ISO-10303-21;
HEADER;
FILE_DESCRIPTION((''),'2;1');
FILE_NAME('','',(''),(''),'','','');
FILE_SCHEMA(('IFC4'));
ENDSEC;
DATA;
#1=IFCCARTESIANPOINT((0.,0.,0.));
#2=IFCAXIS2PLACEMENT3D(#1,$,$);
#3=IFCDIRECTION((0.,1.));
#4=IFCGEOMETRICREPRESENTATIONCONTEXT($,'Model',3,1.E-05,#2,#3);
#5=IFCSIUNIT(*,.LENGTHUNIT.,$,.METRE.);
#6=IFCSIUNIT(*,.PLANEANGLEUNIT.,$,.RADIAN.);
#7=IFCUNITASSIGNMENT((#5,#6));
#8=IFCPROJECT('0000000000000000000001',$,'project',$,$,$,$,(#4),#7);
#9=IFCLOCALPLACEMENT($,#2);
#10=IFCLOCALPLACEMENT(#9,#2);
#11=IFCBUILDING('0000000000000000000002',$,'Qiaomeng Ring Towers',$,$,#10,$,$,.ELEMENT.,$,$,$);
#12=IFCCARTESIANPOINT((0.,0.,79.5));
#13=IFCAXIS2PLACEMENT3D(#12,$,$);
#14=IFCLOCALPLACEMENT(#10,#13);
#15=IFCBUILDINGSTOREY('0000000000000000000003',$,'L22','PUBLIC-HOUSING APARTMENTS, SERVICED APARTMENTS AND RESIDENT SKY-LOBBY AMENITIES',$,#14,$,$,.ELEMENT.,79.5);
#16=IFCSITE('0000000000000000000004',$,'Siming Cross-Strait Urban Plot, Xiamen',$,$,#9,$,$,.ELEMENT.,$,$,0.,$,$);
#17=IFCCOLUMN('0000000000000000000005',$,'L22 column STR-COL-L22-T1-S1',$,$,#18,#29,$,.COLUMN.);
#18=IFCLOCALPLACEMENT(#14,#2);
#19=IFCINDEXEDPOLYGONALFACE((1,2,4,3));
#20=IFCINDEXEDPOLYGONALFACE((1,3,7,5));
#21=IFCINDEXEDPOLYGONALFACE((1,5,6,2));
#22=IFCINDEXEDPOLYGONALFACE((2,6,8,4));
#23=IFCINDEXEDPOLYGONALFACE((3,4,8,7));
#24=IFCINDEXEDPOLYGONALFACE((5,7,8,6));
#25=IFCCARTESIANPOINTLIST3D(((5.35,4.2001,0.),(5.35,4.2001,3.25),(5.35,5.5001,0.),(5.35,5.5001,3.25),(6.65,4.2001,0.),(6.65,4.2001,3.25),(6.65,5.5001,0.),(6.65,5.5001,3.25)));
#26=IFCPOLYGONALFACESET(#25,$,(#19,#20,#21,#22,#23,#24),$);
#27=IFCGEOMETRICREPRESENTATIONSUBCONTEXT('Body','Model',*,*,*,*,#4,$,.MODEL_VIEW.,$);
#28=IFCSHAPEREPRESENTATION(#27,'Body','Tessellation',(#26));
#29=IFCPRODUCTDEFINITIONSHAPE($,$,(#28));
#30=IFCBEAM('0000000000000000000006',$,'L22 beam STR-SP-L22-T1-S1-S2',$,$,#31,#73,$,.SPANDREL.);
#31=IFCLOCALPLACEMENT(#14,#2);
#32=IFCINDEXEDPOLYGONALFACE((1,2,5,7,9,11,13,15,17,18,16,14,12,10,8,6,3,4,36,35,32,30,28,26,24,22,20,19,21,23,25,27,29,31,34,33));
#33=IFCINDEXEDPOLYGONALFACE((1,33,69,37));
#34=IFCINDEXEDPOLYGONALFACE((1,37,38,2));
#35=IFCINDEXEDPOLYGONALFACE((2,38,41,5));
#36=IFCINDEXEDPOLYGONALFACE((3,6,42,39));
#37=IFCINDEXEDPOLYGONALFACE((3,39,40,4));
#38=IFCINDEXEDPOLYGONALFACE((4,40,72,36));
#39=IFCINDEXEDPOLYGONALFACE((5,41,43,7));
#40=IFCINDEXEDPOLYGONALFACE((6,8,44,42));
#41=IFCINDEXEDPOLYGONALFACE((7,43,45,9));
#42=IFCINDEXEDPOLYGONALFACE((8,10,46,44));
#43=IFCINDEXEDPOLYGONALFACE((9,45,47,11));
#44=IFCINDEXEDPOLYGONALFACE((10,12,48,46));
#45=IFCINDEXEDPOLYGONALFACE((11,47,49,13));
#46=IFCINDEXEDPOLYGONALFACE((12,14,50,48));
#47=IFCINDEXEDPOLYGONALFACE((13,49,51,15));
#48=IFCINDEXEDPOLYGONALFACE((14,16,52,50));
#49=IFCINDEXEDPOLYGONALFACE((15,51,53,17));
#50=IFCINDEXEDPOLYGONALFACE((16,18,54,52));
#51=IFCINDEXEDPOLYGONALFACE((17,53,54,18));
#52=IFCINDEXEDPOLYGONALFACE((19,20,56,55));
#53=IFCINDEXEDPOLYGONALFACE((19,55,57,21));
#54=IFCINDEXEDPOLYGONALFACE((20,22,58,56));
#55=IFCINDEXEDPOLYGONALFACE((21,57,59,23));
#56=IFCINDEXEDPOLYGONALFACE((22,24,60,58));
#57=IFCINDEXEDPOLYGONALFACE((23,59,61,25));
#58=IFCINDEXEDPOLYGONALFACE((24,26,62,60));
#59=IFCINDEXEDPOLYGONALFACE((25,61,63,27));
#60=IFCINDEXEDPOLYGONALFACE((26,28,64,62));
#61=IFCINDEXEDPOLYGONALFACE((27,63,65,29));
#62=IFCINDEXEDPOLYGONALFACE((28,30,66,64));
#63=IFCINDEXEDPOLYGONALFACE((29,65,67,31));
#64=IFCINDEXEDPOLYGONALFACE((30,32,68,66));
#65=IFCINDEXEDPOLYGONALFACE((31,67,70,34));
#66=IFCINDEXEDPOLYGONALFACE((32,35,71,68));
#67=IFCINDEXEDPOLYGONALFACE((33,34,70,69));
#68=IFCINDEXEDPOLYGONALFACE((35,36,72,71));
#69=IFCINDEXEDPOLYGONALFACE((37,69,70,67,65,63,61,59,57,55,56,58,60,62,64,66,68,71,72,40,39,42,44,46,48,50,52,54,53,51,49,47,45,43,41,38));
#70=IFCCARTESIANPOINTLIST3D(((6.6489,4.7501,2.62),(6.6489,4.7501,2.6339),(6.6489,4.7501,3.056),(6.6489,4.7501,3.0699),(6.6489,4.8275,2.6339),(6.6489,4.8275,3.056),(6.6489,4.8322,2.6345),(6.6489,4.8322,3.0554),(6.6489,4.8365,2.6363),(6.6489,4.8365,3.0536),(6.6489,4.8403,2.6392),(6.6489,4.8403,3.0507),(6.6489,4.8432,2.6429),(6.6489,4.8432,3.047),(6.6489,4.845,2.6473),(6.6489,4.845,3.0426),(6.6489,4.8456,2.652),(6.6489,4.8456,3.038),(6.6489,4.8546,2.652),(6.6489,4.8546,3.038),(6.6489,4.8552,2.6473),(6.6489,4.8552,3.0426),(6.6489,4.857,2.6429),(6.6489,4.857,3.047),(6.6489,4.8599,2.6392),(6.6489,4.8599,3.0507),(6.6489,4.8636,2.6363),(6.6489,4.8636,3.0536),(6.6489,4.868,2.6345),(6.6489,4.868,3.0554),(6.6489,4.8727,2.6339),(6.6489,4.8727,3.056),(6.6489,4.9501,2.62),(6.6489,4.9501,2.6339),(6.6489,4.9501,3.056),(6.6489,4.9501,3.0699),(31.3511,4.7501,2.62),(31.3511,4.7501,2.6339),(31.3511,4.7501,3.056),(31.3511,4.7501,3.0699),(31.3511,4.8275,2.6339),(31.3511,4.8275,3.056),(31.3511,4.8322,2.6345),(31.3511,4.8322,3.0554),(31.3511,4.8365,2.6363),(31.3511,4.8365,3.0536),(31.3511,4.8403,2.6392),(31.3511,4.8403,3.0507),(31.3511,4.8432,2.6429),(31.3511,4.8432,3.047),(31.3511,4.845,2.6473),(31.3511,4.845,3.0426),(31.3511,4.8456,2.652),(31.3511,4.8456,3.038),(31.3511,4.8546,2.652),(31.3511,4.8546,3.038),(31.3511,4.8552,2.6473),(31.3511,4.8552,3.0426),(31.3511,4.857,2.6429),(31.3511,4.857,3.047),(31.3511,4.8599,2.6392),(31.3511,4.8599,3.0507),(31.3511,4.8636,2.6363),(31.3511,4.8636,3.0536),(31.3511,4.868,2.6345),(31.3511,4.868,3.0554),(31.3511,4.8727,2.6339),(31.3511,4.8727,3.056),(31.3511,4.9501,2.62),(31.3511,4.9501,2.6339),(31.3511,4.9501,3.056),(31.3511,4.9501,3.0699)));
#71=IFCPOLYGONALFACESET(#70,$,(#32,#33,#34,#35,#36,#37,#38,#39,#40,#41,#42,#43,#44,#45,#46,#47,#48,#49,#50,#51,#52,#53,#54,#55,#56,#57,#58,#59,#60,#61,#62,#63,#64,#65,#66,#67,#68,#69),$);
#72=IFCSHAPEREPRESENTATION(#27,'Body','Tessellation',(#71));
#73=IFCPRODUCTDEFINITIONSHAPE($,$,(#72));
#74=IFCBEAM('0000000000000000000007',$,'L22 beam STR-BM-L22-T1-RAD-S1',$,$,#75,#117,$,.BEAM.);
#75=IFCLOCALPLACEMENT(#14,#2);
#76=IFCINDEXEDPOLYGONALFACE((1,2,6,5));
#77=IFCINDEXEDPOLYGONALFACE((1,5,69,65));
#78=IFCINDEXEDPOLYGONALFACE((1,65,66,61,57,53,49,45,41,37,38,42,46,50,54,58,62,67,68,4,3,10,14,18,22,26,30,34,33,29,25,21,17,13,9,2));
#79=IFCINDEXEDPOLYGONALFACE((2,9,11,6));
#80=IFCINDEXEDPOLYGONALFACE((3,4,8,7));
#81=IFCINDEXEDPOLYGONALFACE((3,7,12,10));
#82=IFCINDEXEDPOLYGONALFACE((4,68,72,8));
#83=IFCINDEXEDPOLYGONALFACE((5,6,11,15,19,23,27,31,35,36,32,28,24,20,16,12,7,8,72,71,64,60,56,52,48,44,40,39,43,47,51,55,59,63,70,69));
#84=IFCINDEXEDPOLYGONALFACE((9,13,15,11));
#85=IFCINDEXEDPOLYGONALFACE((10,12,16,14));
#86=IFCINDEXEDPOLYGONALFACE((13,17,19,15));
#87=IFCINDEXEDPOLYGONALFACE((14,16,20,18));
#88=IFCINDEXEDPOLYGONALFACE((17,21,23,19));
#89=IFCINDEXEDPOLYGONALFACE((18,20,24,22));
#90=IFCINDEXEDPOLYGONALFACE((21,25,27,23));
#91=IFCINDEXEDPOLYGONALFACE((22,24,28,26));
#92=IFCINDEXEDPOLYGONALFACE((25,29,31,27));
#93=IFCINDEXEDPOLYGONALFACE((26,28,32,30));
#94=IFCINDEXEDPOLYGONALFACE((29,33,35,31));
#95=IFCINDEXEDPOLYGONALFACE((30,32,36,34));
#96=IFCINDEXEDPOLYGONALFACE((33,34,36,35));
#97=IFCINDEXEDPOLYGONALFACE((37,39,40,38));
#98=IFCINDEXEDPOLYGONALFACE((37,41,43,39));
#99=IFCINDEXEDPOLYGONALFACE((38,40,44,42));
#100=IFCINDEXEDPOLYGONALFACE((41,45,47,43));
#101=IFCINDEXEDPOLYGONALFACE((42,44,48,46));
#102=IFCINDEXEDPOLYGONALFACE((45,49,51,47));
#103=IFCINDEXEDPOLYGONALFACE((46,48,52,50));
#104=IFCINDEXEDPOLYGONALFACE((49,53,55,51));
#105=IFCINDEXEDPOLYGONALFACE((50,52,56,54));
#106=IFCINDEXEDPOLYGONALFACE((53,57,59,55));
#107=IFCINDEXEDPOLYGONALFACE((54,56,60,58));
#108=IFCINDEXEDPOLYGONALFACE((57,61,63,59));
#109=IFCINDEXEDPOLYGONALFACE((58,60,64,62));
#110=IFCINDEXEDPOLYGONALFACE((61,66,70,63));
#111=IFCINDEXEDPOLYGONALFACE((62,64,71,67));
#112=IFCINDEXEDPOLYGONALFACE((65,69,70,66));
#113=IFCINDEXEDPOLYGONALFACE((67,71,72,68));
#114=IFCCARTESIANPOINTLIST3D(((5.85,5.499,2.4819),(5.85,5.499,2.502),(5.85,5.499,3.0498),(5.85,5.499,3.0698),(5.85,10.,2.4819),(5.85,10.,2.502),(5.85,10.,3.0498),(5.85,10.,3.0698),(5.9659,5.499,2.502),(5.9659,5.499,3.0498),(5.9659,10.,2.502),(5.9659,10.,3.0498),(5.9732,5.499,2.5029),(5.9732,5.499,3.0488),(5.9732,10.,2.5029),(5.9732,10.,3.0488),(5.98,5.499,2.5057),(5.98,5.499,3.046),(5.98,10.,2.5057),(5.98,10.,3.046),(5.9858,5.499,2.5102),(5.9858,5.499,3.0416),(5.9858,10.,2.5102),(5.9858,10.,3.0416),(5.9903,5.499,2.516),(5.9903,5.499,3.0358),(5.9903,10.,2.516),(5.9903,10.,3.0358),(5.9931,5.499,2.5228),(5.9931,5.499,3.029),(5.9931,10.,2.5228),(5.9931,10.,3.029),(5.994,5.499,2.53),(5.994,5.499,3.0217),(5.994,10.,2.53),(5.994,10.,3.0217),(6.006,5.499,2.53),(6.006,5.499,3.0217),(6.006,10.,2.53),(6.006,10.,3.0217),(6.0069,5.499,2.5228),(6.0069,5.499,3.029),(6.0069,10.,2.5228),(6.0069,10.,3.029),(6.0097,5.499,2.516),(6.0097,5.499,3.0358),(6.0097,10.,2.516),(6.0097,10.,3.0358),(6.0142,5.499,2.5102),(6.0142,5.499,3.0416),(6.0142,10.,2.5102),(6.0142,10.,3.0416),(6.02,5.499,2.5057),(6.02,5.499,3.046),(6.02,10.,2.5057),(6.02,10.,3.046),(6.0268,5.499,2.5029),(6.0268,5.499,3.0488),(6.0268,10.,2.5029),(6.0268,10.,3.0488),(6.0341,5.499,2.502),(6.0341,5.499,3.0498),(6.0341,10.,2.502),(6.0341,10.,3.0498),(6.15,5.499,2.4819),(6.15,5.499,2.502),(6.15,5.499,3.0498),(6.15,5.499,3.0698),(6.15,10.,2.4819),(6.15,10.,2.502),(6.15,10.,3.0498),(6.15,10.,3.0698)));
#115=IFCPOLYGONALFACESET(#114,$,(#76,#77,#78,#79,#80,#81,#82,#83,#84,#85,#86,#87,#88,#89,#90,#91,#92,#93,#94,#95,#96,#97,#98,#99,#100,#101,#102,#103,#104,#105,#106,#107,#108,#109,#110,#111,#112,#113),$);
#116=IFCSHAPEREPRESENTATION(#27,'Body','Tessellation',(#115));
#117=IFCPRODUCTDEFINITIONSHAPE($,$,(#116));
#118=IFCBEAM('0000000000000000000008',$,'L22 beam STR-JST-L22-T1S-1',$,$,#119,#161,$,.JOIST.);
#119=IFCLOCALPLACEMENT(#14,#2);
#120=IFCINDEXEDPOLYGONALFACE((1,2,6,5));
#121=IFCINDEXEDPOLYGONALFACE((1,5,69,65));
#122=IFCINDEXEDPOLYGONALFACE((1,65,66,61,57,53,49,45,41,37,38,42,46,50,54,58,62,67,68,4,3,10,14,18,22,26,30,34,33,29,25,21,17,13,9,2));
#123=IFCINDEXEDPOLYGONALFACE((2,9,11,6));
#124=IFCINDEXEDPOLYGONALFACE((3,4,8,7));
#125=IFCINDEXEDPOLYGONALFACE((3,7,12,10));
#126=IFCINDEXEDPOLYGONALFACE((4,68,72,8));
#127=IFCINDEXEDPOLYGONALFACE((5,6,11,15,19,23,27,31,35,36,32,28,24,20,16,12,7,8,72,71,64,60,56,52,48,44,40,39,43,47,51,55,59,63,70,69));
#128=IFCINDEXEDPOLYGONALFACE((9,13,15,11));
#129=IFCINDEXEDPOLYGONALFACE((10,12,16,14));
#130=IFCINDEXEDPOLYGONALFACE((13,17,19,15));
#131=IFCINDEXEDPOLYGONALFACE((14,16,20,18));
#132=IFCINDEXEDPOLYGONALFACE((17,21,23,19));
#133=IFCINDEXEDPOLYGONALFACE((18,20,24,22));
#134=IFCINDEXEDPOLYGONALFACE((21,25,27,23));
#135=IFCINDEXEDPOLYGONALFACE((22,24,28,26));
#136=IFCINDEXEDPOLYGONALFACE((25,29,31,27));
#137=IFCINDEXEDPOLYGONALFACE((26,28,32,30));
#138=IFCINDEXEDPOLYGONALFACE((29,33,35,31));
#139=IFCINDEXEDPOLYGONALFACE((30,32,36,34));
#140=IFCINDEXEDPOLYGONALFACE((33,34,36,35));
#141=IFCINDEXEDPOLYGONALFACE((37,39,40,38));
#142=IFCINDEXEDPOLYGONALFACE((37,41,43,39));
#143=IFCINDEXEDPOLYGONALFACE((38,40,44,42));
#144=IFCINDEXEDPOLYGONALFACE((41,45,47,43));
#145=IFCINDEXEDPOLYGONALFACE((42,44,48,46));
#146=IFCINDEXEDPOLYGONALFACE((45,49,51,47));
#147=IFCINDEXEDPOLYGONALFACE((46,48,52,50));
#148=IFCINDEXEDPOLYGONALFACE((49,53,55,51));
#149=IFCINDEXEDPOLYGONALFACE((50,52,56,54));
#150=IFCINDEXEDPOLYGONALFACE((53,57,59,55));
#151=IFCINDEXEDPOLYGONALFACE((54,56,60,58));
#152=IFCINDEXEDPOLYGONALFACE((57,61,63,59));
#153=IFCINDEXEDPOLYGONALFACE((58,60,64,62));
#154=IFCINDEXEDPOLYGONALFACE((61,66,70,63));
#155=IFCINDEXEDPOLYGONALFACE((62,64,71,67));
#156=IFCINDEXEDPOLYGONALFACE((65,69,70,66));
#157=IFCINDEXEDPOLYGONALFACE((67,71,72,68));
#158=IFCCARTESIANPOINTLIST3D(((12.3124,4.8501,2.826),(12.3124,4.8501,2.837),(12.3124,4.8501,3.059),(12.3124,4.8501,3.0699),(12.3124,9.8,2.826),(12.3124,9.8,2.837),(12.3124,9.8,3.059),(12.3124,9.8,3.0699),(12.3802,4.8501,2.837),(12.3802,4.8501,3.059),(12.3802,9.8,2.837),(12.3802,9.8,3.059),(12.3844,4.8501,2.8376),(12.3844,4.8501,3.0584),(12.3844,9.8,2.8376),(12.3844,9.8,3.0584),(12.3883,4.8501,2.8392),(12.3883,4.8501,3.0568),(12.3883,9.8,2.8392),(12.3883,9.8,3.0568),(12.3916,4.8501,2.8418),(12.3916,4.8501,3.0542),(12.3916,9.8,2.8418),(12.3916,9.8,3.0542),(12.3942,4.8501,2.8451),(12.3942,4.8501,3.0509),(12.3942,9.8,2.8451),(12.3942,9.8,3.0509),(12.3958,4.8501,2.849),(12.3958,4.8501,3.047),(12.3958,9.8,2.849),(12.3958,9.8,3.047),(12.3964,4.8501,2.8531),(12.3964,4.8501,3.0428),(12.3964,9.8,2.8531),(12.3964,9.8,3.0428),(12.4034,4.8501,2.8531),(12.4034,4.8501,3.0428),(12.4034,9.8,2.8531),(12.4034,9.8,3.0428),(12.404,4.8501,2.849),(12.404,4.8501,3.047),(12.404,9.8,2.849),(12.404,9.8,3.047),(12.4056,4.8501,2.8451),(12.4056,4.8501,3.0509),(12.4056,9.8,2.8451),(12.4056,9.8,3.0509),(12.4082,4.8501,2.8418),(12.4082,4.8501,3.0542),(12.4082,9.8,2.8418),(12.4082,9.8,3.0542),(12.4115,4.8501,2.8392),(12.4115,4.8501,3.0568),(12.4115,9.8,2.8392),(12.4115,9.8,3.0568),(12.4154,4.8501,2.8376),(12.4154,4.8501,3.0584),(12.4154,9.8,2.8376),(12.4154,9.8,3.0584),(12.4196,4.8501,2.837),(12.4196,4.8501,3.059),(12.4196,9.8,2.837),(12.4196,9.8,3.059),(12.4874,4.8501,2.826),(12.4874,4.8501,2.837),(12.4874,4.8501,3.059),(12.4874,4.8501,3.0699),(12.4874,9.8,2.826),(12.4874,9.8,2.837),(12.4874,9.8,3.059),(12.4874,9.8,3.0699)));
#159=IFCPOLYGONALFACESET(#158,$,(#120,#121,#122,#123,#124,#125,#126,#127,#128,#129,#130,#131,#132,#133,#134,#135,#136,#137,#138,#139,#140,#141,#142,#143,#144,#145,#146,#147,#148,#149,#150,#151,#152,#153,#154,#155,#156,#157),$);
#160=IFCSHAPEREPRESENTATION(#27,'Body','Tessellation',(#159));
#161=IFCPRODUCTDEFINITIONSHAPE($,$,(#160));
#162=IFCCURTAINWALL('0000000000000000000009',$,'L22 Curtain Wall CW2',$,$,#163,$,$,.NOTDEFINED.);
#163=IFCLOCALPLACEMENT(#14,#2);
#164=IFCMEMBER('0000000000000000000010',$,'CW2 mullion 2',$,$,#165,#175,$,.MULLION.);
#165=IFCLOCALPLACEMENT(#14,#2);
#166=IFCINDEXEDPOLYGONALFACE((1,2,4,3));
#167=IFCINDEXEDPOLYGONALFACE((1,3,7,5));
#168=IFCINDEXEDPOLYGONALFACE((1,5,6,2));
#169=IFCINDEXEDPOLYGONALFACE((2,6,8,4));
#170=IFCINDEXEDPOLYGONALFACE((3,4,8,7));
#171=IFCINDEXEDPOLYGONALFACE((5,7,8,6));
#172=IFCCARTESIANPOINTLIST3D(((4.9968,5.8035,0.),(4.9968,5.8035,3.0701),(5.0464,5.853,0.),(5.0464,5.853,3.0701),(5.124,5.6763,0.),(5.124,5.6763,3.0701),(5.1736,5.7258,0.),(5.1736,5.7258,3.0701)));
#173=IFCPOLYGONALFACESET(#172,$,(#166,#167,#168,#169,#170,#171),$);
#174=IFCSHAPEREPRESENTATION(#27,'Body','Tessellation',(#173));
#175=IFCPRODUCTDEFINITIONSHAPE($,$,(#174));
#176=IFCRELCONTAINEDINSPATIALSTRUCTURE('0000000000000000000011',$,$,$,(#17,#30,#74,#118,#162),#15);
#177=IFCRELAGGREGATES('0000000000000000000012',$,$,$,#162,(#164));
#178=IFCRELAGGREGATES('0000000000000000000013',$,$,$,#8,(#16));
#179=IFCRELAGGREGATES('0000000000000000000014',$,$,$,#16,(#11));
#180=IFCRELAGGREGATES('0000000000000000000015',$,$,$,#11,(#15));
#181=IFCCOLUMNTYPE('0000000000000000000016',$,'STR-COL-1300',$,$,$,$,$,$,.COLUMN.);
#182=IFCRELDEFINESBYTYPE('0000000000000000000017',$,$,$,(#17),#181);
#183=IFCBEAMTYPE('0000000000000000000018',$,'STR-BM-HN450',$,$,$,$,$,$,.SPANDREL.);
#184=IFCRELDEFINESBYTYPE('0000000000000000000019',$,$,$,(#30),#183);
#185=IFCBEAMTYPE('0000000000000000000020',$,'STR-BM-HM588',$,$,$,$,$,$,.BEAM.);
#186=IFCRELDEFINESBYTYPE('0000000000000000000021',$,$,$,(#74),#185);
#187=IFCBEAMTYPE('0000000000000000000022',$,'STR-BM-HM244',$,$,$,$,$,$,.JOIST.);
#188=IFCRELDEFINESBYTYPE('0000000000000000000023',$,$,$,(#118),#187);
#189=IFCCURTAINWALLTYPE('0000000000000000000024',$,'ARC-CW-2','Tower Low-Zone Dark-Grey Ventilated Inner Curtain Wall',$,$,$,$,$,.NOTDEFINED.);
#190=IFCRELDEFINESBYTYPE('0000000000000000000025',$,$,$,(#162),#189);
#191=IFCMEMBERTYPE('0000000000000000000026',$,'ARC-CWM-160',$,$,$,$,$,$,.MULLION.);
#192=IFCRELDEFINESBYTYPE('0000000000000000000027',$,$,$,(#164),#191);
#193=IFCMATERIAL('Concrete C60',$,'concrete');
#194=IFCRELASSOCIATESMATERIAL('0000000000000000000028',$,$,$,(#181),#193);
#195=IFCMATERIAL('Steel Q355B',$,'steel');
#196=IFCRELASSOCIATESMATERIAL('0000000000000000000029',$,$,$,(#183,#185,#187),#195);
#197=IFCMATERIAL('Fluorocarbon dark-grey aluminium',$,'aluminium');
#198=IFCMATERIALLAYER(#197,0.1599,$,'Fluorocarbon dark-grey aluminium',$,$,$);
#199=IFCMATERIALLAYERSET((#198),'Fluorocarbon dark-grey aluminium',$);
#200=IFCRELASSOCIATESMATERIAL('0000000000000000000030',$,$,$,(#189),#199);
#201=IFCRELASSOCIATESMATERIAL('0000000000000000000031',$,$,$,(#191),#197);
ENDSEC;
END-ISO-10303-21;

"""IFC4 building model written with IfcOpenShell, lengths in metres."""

from ifc_helpers import new_model, si_unit, direction, frame, origin, origin_2d, place, context, subcontext, project, spatial, rectangle, i_section, extrude, source, transform, mapped, material, layer, layer_set, material_profile, profile_set, type_object, element, aggregate, save


model = new_model("IFC4")

# Units and contexts
model_context = context("Model", 3, precision=1e-05, world=origin(), true_north=direction((0.0, 1.0)))
body_context = subcontext(model_context, "Body", "Model", "MODEL_VIEW")
ifc_project = project(units=[si_unit("LENGTHUNIT", "METRE"), si_unit("PLANEANGLEUNIT", "RADIAN")], contexts=[model_context])

# Site, building, storey
site_placement = place(None, origin())
site = spatial("IfcSite", under=ifc_project, at=site_placement, Name="Siming Cross-Strait Urban Plot, Xiamen", CompositionType="ELEMENT", RefElevation=0.0)
building_placement = place(site_placement, origin())
building = spatial("IfcBuilding", under=site, at=building_placement, Name="Qiaomeng Ring Towers", CompositionType="ELEMENT")
storey_placement = place(building_placement, frame((0.0, 0.0, 79.5)))
storey = spatial("IfcBuildingStorey", under=building, at=storey_placement, Name="L22", Description="PUBLIC-HOUSING APARTMENTS, SERVICED APARTMENTS AND RESIDENT SKY-LOBBY AMENITIES", CompositionType="ELEMENT", Elevation=79.5)

# Column
ifc_material_1 = material(Name="Concrete C60", Category="concrete")
ifc_material_profile_1 = material_profile(ifc_material_1, rectangle(XDim=1.3, YDim=1.3, at=origin_2d()), Name="RC COL 1300x1300")
ifc_profile_set_1 = profile_set([ifc_material_profile_1], Name="Concrete C60")
column_type = type_object("IfcColumnType", Name="STR-COL-1300", PredefinedType="COLUMN", material=ifc_profile_set_1)
shared_shape_1 = source(origin(), body_context, "Body", "SweptSolid", [
    extrude(rectangle(XDim=1.3, YDim=1.3, at=origin_2d()), origin(), (0.0, 0.0, 1.0), 3.25),
])
column_placement = place(storey_placement, frame((6.0, 4.8501, 0.0), z_axis=(0.0, 0.0, 1.0), x_axis=(1.0, 0.0, 0.0)))
element("IfcColumn", 1, at=column_placement, inside=storey, type_object=column_type, Name="L22 column STR-COL-L22-T1-S1", PredefinedType="COLUMN", context=body_context, shape_type="MappedRepresentation", body=[
    mapped(shared_shape_1, transform((0.0, 0.0, 0.0), x_axis=(1.0, 0.0, 0.0), y_axis=(0.0, 1.0, 0.0), z_axis=(0.0, 0.0, 1.0), scale=1.0)),
])

# Beams
ifc_material_2 = material(Name="Steel Q355B", Category="steel")
ifc_material_profile_2 = material_profile(ifc_material_2, i_section(OverallWidth=0.2, OverallDepth=0.45, WebThickness=0.009, FlangeThickness=0.0139, FilletRadius=0.0181, at=origin_2d()), Name="HN 450x200x9x14")
ifc_profile_set_2 = profile_set([ifc_material_profile_2], Name="Steel Q355B")
beam_type_1 = type_object("IfcBeamType", Name="STR-BM-HN450", PredefinedType="SPANDREL", material=ifc_profile_set_2)
shared_shape_2 = source(origin(), body_context, "Body", "SweptSolid", [
    extrude(i_section(OverallWidth=0.2, OverallDepth=0.45, WebThickness=0.009, FlangeThickness=0.0139, FilletRadius=0.0181, at=origin_2d()), origin(), (0.0, 0.0, 1.0), 24.7021),
])
beam_1_placement = place(storey_placement, frame((6.6489, 4.8501, 2.845), z_axis=(1.0, 0.0, 0.0), x_axis=(0.0, 1.0, 0.0)))
element("IfcBeam", 2, at=beam_1_placement, inside=storey, type_object=beam_type_1, Name="L22 beam STR-SP-L22-T1-S1-S2", PredefinedType="SPANDREL", context=body_context, shape_type="MappedRepresentation", body=[
    mapped(shared_shape_2, transform((0.0, 0.0, 0.0), x_axis=(1.0, 0.0, 0.0), y_axis=(0.0, 1.0, 0.0), z_axis=(0.0, 0.0, 1.0), scale=1.0)),
])
ifc_material_profile_3 = material_profile(ifc_material_2, i_section(OverallWidth=0.3, OverallDepth=0.5879, WebThickness=0.012, FlangeThickness=0.02, FilletRadius=0.0281, at=origin_2d()), Name="HM 588x300x12x20")
ifc_profile_set_3 = profile_set([ifc_material_profile_3], Name="Steel Q355B")
beam_type_2 = type_object("IfcBeamType", Name="STR-BM-HM588", PredefinedType="BEAM", material=ifc_profile_set_3)
shared_shape_3 = source(origin(), body_context, "Body", "SweptSolid", [
    extrude(i_section(OverallWidth=0.3, OverallDepth=0.5879, WebThickness=0.012, FlangeThickness=0.02, FilletRadius=0.0281, at=origin_2d()), origin(), (0.0, 0.0, 1.0), 4.501),
])
beam_2_placement = place(storey_placement, frame((6.0, 5.499, 2.7759), z_axis=(0.0, 1.0, 0.0), x_axis=(-1.0, 0.0, 0.0)))
element("IfcBeam", 3, at=beam_2_placement, inside=storey, type_object=beam_type_2, Name="L22 beam STR-BM-L22-T1-RAD-S1", PredefinedType="BEAM", context=body_context, shape_type="MappedRepresentation", body=[
    mapped(shared_shape_3, transform((0.0, 0.0, 0.0), x_axis=(1.0, 0.0, 0.0), y_axis=(0.0, 1.0, 0.0), z_axis=(0.0, 0.0, 1.0), scale=1.0)),
])
ifc_material_profile_4 = material_profile(ifc_material_2, i_section(OverallWidth=0.175, OverallDepth=0.2439, WebThickness=0.0071, FlangeThickness=0.011, FilletRadius=0.0161, at=origin_2d()), Name="HM 244x175x7x11")
ifc_profile_set_4 = profile_set([ifc_material_profile_4], Name="Steel Q355B")
beam_type_3 = type_object("IfcBeamType", Name="STR-BM-HM244", PredefinedType="JOIST", material=ifc_profile_set_4)
shared_shape_4 = source(origin(), body_context, "Body", "SweptSolid", [
    extrude(i_section(OverallWidth=0.175, OverallDepth=0.2439, WebThickness=0.0071, FlangeThickness=0.011, FilletRadius=0.0161, at=origin_2d()), origin(), (0.0, 0.0, 1.0), 4.95),
])
beam_3_placement = place(storey_placement, frame((12.3999, 4.8501, 2.948), z_axis=(0.0, 1.0, 0.0), x_axis=(-1.0, 0.0, 0.0)))
element("IfcBeam", 4, at=beam_3_placement, inside=storey, type_object=beam_type_3, Name="L22 beam STR-JST-L22-T1S-1", PredefinedType="JOIST", context=body_context, shape_type="MappedRepresentation", body=[
    mapped(shared_shape_4, transform((0.0, 0.0, 0.0), x_axis=(1.0, 0.0, 0.0), y_axis=(0.0, 1.0, 0.0), z_axis=(0.0, 0.0, 1.0), scale=1.0)),
])

# Curtain wall, member
ifc_material_3 = material(Name="Fluorocarbon dark-grey aluminium", Category="aluminium")
ifc_layer_1 = layer(ifc_material_3, 0.1599, Name="Fluorocarbon dark-grey aluminium")
ifc_layer_set_1 = layer_set([ifc_layer_1], Name="Fluorocarbon dark-grey aluminium")
curtain_wall_type = type_object("IfcCurtainWallType", Name="ARC-CW-2", Description="Tower Low-Zone Dark-Grey Ventilated Inner Curtain Wall", PredefinedType="NOTDEFINED", material=ifc_layer_set_1)
curtain_wall_placement = place(storey_placement, origin())
curtain_wall = element("IfcCurtainWall", 5, at=curtain_wall_placement, inside=storey, type_object=curtain_wall_type, Name="L22 Curtain Wall CW2", PredefinedType="NOTDEFINED")
ifc_material_profile_5 = material_profile(ifc_material_3, rectangle(XDim=0.0701, YDim=0.1799, at=origin_2d()), Name="ALU MULL 70x180")
ifc_profile_set_5 = profile_set([ifc_material_profile_5], Name="Fluorocarbon dark-grey aluminium")
member_type_1 = type_object("IfcMemberType", Name="ARC-CWM-160", PredefinedType="MULLION", material=ifc_profile_set_5)
shared_shape_5 = source(origin(), body_context, "Body", "SweptSolid", [
    extrude(rectangle(XDim=0.0701, YDim=0.1799, at=origin_2d()), origin(), (0.0, 0.0, 1.0), 3.0701),
])
member_1_placement = place(storey_placement, frame((5.0852, 5.7646, 0.0), z_axis=(0.0, 0.0, 1.0), x_axis=(0.707107, 0.707107, 0.0)))
member_1 = element("IfcMember", 6, at=member_1_placement, type_object=member_type_1, Name="CW2 mullion 2", PredefinedType="MULLION", context=body_context, shape_type="MappedRepresentation", body=[
    mapped(shared_shape_5, transform((0.0, 0.0, 0.0), x_axis=(1.0, 0.0, 0.0), y_axis=(0.0, 1.0, 0.0), z_axis=(0.0, 0.0, 1.0), scale=1.0)),
])
aggregate(curtain_wall, [member_1])

save(model, "model.ifc")
